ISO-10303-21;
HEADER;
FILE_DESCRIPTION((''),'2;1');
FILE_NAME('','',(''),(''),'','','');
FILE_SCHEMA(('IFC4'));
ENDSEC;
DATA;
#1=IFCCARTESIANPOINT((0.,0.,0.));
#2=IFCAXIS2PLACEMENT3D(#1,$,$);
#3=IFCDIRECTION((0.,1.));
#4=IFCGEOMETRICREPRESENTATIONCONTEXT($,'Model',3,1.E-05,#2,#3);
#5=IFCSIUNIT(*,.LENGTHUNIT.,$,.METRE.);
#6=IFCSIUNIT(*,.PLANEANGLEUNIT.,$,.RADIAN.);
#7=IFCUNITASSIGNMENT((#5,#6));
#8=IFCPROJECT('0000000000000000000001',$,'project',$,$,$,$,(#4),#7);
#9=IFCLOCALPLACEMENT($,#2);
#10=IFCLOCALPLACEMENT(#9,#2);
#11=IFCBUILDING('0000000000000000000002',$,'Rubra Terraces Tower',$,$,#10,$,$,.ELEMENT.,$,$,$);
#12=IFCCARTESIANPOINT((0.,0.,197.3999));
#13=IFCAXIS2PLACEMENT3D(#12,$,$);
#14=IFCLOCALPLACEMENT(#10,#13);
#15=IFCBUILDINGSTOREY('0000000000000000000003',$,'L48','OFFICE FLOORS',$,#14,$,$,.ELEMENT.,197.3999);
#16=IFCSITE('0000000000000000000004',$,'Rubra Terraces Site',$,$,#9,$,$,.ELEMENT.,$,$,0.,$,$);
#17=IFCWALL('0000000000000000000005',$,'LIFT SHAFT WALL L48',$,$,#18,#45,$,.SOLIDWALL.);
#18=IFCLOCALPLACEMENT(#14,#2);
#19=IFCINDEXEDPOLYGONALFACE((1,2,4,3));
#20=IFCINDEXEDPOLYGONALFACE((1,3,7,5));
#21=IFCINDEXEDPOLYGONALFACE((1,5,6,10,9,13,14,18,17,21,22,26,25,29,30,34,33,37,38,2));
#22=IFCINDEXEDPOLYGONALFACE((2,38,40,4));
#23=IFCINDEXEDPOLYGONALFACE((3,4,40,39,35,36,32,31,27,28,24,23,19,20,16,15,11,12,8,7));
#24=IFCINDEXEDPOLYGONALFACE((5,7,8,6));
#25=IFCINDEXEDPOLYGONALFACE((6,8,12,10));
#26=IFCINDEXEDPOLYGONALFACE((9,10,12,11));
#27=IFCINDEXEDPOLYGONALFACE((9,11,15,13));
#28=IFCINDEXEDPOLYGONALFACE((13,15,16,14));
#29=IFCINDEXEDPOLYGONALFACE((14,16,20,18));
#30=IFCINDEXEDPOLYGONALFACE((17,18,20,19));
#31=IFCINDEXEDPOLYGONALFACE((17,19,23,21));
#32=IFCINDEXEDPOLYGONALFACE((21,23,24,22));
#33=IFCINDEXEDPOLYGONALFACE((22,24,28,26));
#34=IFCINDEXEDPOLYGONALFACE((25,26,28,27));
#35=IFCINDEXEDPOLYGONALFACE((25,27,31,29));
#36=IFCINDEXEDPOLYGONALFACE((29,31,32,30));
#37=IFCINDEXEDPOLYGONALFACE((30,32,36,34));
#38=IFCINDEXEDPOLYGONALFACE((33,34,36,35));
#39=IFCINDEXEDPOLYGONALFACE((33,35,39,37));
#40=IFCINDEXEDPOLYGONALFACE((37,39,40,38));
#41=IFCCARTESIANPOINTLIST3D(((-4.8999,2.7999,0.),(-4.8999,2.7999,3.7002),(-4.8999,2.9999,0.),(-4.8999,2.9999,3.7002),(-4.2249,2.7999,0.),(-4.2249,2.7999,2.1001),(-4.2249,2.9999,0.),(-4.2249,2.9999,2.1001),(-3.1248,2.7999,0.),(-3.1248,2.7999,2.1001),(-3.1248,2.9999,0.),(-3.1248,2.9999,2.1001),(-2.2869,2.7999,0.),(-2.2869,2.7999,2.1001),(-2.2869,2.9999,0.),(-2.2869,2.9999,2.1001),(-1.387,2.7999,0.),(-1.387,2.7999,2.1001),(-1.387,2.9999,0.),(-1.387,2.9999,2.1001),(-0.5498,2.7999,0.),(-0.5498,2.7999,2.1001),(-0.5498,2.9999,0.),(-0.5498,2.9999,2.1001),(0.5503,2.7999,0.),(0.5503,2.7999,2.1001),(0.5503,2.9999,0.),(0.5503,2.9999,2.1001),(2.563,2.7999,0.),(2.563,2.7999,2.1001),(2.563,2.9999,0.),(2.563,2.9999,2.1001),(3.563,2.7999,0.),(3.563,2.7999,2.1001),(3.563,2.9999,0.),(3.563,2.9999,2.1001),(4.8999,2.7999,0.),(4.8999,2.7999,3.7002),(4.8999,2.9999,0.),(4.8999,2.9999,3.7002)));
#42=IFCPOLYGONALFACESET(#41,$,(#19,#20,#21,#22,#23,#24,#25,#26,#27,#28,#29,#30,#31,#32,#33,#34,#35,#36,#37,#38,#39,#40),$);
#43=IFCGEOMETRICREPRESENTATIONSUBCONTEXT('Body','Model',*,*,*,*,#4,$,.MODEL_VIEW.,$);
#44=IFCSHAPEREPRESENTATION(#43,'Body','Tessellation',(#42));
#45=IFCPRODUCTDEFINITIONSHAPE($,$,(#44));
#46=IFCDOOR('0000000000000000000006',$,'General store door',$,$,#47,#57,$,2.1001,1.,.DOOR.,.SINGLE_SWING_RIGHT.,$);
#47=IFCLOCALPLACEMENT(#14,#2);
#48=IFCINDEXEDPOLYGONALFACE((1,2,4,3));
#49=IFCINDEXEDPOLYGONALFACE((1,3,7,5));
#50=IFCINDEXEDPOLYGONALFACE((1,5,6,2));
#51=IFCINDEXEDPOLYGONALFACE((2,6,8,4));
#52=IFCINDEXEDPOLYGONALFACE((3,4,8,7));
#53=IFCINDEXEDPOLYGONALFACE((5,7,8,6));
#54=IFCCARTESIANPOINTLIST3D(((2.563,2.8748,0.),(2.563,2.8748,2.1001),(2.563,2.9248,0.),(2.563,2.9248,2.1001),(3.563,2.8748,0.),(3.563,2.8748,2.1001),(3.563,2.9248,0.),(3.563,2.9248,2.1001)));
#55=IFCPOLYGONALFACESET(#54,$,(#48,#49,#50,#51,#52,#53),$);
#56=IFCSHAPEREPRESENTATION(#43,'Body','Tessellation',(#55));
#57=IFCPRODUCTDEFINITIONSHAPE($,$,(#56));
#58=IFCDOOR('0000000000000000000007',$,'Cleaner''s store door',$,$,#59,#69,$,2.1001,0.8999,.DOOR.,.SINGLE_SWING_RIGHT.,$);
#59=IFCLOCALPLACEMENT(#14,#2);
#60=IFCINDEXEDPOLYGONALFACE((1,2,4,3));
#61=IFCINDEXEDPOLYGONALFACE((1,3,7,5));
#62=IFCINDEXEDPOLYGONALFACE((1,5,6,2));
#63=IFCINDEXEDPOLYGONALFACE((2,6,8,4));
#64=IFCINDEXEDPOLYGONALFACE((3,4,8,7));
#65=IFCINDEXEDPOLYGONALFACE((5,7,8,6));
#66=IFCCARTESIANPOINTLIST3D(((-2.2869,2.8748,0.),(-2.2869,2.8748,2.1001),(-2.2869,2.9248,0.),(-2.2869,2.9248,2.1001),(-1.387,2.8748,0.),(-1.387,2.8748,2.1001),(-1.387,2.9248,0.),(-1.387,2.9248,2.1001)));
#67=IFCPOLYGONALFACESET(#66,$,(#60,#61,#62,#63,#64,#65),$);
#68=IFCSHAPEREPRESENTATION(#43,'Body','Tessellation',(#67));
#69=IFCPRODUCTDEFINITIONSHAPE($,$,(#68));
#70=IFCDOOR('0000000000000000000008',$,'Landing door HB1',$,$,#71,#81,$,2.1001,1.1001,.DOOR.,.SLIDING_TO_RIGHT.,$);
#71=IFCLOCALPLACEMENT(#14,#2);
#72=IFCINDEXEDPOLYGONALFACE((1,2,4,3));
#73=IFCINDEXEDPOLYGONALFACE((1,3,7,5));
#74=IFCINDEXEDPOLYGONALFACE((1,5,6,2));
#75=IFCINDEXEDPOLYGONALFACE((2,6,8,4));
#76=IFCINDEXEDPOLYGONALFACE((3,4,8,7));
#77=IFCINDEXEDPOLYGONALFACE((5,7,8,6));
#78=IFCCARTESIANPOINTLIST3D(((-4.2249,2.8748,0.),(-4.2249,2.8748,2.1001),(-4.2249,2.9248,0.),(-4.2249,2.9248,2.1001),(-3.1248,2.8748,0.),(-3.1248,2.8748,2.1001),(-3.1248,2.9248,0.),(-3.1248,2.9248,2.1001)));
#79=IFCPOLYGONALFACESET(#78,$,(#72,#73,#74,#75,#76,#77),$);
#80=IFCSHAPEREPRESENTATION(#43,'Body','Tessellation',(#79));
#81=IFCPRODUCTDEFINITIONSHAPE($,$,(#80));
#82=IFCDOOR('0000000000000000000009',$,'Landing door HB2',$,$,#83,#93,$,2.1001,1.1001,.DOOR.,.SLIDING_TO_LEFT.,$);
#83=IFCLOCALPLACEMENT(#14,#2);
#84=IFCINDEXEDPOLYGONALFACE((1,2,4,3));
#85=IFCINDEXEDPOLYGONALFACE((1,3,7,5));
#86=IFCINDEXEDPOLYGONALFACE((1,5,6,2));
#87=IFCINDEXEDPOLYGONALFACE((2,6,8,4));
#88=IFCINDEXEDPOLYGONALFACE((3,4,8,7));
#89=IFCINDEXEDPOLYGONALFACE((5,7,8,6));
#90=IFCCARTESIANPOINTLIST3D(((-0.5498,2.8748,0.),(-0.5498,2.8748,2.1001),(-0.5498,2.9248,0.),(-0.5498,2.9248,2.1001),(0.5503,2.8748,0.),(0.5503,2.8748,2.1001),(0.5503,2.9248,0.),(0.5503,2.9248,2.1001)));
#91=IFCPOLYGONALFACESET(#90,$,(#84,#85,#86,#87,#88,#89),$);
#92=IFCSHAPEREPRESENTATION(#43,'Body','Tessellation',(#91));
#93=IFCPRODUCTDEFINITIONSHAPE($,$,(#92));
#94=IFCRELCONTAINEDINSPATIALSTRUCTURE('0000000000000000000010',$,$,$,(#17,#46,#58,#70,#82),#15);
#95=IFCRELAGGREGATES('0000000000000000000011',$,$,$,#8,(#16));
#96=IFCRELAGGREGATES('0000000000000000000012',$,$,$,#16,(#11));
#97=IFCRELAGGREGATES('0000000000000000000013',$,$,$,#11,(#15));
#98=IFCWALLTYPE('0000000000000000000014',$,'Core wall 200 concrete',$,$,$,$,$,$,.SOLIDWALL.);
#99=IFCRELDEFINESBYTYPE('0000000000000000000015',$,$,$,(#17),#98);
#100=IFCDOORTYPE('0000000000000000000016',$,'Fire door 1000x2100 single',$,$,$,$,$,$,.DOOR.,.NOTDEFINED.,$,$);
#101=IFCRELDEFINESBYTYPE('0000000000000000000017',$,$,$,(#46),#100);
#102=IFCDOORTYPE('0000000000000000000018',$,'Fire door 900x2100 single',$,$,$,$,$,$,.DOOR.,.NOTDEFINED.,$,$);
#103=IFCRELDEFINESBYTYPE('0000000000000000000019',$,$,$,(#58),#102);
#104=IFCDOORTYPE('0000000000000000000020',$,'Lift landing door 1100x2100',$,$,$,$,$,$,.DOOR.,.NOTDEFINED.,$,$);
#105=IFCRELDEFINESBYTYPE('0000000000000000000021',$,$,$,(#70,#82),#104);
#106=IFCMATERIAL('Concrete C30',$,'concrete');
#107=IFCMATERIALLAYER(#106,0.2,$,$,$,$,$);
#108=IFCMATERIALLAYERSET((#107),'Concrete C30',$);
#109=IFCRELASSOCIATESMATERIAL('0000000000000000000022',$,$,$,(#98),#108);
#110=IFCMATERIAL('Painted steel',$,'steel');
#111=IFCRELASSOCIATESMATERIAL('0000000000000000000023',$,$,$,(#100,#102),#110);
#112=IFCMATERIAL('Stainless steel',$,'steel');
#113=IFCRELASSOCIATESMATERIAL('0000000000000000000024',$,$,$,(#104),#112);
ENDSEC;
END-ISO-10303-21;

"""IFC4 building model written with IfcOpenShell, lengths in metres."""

from ifc_helpers import new_model, si_unit, direction, frame, frame_2d, origin, place, context, subcontext, project, spatial, rectangle, extrude, material, layer, layer_set, type_object, element, fill, save


model = new_model("IFC4")

# Units and contexts
model_context = context("Model", 3, precision=1e-05, world=origin(), true_north=direction((0.0, 1.0)))
body_context = subcontext(model_context, "Body", "Model", "MODEL_VIEW")
ifc_project = project(units=[si_unit("LENGTHUNIT", "METRE"), si_unit("PLANEANGLEUNIT", "RADIAN")], contexts=[model_context])

# Site, building, storey
site_placement = place(None, origin())
site = spatial("IfcSite", under=ifc_project, at=site_placement, Name="Rubra Terraces Site", CompositionType="ELEMENT", RefElevation=0.0)
building_placement = place(site_placement, origin())
building = spatial("IfcBuilding", under=site, at=building_placement, Name="Rubra Terraces Tower", CompositionType="ELEMENT")
storey_placement = place(building_placement, frame((0.0, 0.0, 197.3999)))
storey = spatial("IfcBuildingStorey", under=building, at=storey_placement, Name="L48", Description="OFFICE FLOORS", CompositionType="ELEMENT", Elevation=197.3999)

# Wall, openings, doors
ifc_material_1 = material(Name="Concrete C30", Category="concrete")
ifc_layer_1 = layer(ifc_material_1, 0.2)
ifc_layer_set_1 = layer_set([ifc_layer_1], Name="Concrete C30")
wall_type_1 = type_object("IfcWallType", Name="Core wall 200 concrete", PredefinedType="SOLIDWALL", material=ifc_layer_set_1)
wall_1_placement = place(storey_placement, frame((-4.8999, 2.8999, 0.0), z_axis=(0.0, 0.0, 1.0), x_axis=(1.0, 0.0, 0.0)))
wall_1 = element("IfcWall", 1, at=wall_1_placement, inside=storey, type_object=wall_type_1, Name="LIFT SHAFT WALL L48", PredefinedType="SOLIDWALL", context=body_context, shape_type="SweptSolid", body=[
    extrude(rectangle(XDim=9.7998, YDim=0.2, at=frame_2d((4.8999, 0.0))), origin(), (0.0, 0.0, 1.0), 3.7002),
])
opening_1_placement = place(wall_1_placement, frame((0.675, 0.0, 0.0)))
opening_1 = element("IfcOpeningElement", 2, at=opening_1_placement, cuts=wall_1, PredefinedType="OPENING", context=body_context, shape_type="SweptSolid", body=[
    extrude(rectangle(XDim=1.1001, YDim=2.1001, at=frame_2d((0.55, 1.05))), frame((0.0, 0.1099, 0.0), z_axis=(0.0, -1.0, 0.0), x_axis=(1.0, 0.0, 0.0)), (0.0, 0.0, 1.0), 0.22),
])
opening_2_placement = place(wall_1_placement, frame((2.613, 0.0, 0.0)))
opening_2 = element("IfcOpeningElement", 3, at=opening_2_placement, cuts=wall_1, PredefinedType="OPENING", context=body_context, shape_type="SweptSolid", body=[
    extrude(rectangle(XDim=0.8999, YDim=2.1001, at=frame_2d((0.45, 1.05))), frame((0.0, 0.1099, 0.0), z_axis=(0.0, -1.0, 0.0), x_axis=(1.0, 0.0, 0.0)), (0.0, 0.0, 1.0), 0.22),
])
opening_3_placement = place(wall_1_placement, frame((4.3501, 0.0, 0.0)))
opening_3 = element("IfcOpeningElement", 4, at=opening_3_placement, cuts=wall_1, PredefinedType="OPENING", context=body_context, shape_type="SweptSolid", body=[
    extrude(rectangle(XDim=1.1001, YDim=2.1001, at=frame_2d((0.55, 1.05))), frame((0.0, 0.1099, 0.0), z_axis=(0.0, -1.0, 0.0), x_axis=(1.0, 0.0, 0.0)), (0.0, 0.0, 1.0), 0.22),
])
opening_4_placement = place(wall_1_placement, frame((7.4629, 0.0, 0.0)))
opening_4 = element("IfcOpeningElement", 5, at=opening_4_placement, cuts=wall_1, PredefinedType="OPENING", context=body_context, shape_type="SweptSolid", body=[
    extrude(rectangle(XDim=1.0, YDim=2.1001, at=frame_2d((0.5, 1.05))), frame((0.0, 0.1099, 0.0), z_axis=(0.0, -1.0, 0.0), x_axis=(1.0, 0.0, 0.0)), (0.0, 0.0, 1.0), 0.22),
])
ifc_material_2 = material(Name="Painted steel", Category="steel")
door_type_1 = type_object("IfcDoorType", Name="Fire door 1000x2100 single", OperationType="NOTDEFINED", PredefinedType="DOOR", material=ifc_material_2)
door_1_placement = place(opening_4_placement, origin())
door_1 = element("IfcDoor", 6, at=door_1_placement, inside=storey, type_object=door_type_1, Name="General store door", OperationType="SINGLE_SWING_RIGHT", OverallHeight=2.1001, OverallWidth=1.0, PredefinedType="DOOR", context=body_context, shape_type="SweptSolid", body=[
    extrude(rectangle(XDim=1.0, YDim=2.1001, at=frame_2d((0.5, 1.05))), frame((0.0, 0.0249, 0.0), z_axis=(0.0, -1.0, 0.0), x_axis=(1.0, 0.0, 0.0)), (0.0, 0.0, 1.0), 0.05),
])
fill(opening_4, door_1)
door_type_2 = type_object("IfcDoorType", Name="Fire door 900x2100 single", OperationType="NOTDEFINED", PredefinedType="DOOR", material=ifc_material_2)
door_2_placement = place(opening_2_placement, origin())
door_2 = element("IfcDoor", 7, at=door_2_placement, inside=storey, type_object=door_type_2, Name="Cleaner's store door", OperationType="SINGLE_SWING_RIGHT", OverallHeight=2.1001, OverallWidth=0.8999, PredefinedType="DOOR", context=body_context, shape_type="SweptSolid", body=[
    extrude(rectangle(XDim=0.8999, YDim=2.1001, at=frame_2d((0.45, 1.05))), frame((0.0, 0.0249, 0.0), z_axis=(0.0, -1.0, 0.0), x_axis=(1.0, 0.0, 0.0)), (0.0, 0.0, 1.0), 0.05),
])
fill(opening_2, door_2)
ifc_material_3 = material(Name="Stainless steel", Category="steel")
door_type_3 = type_object("IfcDoorType", Name="Lift landing door 1100x2100", OperationType="NOTDEFINED", PredefinedType="DOOR", material=ifc_material_3)
door_3_placement = place(opening_1_placement, origin())
door_3 = element("IfcDoor", 8, at=door_3_placement, inside=storey, type_object=door_type_3, Name="Landing door HB1", OperationType="SLIDING_TO_RIGHT", OverallHeight=2.1001, OverallWidth=1.1001, PredefinedType="DOOR", context=body_context, shape_type="SweptSolid", body=[
    extrude(rectangle(XDim=1.1001, YDim=2.1001, at=frame_2d((0.55, 1.05))), frame((0.0, 0.0249, 0.0), z_axis=(0.0, -1.0, 0.0), x_axis=(1.0, 0.0, 0.0)), (0.0, 0.0, 1.0), 0.05),
])
fill(opening_1, door_3)
door_4_placement = place(opening_3_placement, origin())
door_4 = element("IfcDoor", 9, at=door_4_placement, inside=storey, type_object=door_type_3, Name="Landing door HB2", OperationType="SLIDING_TO_LEFT", OverallHeight=2.1001, OverallWidth=1.1001, PredefinedType="DOOR", context=body_context, shape_type="SweptSolid", body=[
    extrude(rectangle(XDim=1.1001, YDim=2.1001, at=frame_2d((0.55, 1.05))), frame((0.0, 0.0249, 0.0), z_axis=(0.0, -1.0, 0.0), x_axis=(1.0, 0.0, 0.0)), (0.0, 0.0, 1.0), 0.05),
])
fill(opening_3, door_4)

save(model, "model.ifc")
